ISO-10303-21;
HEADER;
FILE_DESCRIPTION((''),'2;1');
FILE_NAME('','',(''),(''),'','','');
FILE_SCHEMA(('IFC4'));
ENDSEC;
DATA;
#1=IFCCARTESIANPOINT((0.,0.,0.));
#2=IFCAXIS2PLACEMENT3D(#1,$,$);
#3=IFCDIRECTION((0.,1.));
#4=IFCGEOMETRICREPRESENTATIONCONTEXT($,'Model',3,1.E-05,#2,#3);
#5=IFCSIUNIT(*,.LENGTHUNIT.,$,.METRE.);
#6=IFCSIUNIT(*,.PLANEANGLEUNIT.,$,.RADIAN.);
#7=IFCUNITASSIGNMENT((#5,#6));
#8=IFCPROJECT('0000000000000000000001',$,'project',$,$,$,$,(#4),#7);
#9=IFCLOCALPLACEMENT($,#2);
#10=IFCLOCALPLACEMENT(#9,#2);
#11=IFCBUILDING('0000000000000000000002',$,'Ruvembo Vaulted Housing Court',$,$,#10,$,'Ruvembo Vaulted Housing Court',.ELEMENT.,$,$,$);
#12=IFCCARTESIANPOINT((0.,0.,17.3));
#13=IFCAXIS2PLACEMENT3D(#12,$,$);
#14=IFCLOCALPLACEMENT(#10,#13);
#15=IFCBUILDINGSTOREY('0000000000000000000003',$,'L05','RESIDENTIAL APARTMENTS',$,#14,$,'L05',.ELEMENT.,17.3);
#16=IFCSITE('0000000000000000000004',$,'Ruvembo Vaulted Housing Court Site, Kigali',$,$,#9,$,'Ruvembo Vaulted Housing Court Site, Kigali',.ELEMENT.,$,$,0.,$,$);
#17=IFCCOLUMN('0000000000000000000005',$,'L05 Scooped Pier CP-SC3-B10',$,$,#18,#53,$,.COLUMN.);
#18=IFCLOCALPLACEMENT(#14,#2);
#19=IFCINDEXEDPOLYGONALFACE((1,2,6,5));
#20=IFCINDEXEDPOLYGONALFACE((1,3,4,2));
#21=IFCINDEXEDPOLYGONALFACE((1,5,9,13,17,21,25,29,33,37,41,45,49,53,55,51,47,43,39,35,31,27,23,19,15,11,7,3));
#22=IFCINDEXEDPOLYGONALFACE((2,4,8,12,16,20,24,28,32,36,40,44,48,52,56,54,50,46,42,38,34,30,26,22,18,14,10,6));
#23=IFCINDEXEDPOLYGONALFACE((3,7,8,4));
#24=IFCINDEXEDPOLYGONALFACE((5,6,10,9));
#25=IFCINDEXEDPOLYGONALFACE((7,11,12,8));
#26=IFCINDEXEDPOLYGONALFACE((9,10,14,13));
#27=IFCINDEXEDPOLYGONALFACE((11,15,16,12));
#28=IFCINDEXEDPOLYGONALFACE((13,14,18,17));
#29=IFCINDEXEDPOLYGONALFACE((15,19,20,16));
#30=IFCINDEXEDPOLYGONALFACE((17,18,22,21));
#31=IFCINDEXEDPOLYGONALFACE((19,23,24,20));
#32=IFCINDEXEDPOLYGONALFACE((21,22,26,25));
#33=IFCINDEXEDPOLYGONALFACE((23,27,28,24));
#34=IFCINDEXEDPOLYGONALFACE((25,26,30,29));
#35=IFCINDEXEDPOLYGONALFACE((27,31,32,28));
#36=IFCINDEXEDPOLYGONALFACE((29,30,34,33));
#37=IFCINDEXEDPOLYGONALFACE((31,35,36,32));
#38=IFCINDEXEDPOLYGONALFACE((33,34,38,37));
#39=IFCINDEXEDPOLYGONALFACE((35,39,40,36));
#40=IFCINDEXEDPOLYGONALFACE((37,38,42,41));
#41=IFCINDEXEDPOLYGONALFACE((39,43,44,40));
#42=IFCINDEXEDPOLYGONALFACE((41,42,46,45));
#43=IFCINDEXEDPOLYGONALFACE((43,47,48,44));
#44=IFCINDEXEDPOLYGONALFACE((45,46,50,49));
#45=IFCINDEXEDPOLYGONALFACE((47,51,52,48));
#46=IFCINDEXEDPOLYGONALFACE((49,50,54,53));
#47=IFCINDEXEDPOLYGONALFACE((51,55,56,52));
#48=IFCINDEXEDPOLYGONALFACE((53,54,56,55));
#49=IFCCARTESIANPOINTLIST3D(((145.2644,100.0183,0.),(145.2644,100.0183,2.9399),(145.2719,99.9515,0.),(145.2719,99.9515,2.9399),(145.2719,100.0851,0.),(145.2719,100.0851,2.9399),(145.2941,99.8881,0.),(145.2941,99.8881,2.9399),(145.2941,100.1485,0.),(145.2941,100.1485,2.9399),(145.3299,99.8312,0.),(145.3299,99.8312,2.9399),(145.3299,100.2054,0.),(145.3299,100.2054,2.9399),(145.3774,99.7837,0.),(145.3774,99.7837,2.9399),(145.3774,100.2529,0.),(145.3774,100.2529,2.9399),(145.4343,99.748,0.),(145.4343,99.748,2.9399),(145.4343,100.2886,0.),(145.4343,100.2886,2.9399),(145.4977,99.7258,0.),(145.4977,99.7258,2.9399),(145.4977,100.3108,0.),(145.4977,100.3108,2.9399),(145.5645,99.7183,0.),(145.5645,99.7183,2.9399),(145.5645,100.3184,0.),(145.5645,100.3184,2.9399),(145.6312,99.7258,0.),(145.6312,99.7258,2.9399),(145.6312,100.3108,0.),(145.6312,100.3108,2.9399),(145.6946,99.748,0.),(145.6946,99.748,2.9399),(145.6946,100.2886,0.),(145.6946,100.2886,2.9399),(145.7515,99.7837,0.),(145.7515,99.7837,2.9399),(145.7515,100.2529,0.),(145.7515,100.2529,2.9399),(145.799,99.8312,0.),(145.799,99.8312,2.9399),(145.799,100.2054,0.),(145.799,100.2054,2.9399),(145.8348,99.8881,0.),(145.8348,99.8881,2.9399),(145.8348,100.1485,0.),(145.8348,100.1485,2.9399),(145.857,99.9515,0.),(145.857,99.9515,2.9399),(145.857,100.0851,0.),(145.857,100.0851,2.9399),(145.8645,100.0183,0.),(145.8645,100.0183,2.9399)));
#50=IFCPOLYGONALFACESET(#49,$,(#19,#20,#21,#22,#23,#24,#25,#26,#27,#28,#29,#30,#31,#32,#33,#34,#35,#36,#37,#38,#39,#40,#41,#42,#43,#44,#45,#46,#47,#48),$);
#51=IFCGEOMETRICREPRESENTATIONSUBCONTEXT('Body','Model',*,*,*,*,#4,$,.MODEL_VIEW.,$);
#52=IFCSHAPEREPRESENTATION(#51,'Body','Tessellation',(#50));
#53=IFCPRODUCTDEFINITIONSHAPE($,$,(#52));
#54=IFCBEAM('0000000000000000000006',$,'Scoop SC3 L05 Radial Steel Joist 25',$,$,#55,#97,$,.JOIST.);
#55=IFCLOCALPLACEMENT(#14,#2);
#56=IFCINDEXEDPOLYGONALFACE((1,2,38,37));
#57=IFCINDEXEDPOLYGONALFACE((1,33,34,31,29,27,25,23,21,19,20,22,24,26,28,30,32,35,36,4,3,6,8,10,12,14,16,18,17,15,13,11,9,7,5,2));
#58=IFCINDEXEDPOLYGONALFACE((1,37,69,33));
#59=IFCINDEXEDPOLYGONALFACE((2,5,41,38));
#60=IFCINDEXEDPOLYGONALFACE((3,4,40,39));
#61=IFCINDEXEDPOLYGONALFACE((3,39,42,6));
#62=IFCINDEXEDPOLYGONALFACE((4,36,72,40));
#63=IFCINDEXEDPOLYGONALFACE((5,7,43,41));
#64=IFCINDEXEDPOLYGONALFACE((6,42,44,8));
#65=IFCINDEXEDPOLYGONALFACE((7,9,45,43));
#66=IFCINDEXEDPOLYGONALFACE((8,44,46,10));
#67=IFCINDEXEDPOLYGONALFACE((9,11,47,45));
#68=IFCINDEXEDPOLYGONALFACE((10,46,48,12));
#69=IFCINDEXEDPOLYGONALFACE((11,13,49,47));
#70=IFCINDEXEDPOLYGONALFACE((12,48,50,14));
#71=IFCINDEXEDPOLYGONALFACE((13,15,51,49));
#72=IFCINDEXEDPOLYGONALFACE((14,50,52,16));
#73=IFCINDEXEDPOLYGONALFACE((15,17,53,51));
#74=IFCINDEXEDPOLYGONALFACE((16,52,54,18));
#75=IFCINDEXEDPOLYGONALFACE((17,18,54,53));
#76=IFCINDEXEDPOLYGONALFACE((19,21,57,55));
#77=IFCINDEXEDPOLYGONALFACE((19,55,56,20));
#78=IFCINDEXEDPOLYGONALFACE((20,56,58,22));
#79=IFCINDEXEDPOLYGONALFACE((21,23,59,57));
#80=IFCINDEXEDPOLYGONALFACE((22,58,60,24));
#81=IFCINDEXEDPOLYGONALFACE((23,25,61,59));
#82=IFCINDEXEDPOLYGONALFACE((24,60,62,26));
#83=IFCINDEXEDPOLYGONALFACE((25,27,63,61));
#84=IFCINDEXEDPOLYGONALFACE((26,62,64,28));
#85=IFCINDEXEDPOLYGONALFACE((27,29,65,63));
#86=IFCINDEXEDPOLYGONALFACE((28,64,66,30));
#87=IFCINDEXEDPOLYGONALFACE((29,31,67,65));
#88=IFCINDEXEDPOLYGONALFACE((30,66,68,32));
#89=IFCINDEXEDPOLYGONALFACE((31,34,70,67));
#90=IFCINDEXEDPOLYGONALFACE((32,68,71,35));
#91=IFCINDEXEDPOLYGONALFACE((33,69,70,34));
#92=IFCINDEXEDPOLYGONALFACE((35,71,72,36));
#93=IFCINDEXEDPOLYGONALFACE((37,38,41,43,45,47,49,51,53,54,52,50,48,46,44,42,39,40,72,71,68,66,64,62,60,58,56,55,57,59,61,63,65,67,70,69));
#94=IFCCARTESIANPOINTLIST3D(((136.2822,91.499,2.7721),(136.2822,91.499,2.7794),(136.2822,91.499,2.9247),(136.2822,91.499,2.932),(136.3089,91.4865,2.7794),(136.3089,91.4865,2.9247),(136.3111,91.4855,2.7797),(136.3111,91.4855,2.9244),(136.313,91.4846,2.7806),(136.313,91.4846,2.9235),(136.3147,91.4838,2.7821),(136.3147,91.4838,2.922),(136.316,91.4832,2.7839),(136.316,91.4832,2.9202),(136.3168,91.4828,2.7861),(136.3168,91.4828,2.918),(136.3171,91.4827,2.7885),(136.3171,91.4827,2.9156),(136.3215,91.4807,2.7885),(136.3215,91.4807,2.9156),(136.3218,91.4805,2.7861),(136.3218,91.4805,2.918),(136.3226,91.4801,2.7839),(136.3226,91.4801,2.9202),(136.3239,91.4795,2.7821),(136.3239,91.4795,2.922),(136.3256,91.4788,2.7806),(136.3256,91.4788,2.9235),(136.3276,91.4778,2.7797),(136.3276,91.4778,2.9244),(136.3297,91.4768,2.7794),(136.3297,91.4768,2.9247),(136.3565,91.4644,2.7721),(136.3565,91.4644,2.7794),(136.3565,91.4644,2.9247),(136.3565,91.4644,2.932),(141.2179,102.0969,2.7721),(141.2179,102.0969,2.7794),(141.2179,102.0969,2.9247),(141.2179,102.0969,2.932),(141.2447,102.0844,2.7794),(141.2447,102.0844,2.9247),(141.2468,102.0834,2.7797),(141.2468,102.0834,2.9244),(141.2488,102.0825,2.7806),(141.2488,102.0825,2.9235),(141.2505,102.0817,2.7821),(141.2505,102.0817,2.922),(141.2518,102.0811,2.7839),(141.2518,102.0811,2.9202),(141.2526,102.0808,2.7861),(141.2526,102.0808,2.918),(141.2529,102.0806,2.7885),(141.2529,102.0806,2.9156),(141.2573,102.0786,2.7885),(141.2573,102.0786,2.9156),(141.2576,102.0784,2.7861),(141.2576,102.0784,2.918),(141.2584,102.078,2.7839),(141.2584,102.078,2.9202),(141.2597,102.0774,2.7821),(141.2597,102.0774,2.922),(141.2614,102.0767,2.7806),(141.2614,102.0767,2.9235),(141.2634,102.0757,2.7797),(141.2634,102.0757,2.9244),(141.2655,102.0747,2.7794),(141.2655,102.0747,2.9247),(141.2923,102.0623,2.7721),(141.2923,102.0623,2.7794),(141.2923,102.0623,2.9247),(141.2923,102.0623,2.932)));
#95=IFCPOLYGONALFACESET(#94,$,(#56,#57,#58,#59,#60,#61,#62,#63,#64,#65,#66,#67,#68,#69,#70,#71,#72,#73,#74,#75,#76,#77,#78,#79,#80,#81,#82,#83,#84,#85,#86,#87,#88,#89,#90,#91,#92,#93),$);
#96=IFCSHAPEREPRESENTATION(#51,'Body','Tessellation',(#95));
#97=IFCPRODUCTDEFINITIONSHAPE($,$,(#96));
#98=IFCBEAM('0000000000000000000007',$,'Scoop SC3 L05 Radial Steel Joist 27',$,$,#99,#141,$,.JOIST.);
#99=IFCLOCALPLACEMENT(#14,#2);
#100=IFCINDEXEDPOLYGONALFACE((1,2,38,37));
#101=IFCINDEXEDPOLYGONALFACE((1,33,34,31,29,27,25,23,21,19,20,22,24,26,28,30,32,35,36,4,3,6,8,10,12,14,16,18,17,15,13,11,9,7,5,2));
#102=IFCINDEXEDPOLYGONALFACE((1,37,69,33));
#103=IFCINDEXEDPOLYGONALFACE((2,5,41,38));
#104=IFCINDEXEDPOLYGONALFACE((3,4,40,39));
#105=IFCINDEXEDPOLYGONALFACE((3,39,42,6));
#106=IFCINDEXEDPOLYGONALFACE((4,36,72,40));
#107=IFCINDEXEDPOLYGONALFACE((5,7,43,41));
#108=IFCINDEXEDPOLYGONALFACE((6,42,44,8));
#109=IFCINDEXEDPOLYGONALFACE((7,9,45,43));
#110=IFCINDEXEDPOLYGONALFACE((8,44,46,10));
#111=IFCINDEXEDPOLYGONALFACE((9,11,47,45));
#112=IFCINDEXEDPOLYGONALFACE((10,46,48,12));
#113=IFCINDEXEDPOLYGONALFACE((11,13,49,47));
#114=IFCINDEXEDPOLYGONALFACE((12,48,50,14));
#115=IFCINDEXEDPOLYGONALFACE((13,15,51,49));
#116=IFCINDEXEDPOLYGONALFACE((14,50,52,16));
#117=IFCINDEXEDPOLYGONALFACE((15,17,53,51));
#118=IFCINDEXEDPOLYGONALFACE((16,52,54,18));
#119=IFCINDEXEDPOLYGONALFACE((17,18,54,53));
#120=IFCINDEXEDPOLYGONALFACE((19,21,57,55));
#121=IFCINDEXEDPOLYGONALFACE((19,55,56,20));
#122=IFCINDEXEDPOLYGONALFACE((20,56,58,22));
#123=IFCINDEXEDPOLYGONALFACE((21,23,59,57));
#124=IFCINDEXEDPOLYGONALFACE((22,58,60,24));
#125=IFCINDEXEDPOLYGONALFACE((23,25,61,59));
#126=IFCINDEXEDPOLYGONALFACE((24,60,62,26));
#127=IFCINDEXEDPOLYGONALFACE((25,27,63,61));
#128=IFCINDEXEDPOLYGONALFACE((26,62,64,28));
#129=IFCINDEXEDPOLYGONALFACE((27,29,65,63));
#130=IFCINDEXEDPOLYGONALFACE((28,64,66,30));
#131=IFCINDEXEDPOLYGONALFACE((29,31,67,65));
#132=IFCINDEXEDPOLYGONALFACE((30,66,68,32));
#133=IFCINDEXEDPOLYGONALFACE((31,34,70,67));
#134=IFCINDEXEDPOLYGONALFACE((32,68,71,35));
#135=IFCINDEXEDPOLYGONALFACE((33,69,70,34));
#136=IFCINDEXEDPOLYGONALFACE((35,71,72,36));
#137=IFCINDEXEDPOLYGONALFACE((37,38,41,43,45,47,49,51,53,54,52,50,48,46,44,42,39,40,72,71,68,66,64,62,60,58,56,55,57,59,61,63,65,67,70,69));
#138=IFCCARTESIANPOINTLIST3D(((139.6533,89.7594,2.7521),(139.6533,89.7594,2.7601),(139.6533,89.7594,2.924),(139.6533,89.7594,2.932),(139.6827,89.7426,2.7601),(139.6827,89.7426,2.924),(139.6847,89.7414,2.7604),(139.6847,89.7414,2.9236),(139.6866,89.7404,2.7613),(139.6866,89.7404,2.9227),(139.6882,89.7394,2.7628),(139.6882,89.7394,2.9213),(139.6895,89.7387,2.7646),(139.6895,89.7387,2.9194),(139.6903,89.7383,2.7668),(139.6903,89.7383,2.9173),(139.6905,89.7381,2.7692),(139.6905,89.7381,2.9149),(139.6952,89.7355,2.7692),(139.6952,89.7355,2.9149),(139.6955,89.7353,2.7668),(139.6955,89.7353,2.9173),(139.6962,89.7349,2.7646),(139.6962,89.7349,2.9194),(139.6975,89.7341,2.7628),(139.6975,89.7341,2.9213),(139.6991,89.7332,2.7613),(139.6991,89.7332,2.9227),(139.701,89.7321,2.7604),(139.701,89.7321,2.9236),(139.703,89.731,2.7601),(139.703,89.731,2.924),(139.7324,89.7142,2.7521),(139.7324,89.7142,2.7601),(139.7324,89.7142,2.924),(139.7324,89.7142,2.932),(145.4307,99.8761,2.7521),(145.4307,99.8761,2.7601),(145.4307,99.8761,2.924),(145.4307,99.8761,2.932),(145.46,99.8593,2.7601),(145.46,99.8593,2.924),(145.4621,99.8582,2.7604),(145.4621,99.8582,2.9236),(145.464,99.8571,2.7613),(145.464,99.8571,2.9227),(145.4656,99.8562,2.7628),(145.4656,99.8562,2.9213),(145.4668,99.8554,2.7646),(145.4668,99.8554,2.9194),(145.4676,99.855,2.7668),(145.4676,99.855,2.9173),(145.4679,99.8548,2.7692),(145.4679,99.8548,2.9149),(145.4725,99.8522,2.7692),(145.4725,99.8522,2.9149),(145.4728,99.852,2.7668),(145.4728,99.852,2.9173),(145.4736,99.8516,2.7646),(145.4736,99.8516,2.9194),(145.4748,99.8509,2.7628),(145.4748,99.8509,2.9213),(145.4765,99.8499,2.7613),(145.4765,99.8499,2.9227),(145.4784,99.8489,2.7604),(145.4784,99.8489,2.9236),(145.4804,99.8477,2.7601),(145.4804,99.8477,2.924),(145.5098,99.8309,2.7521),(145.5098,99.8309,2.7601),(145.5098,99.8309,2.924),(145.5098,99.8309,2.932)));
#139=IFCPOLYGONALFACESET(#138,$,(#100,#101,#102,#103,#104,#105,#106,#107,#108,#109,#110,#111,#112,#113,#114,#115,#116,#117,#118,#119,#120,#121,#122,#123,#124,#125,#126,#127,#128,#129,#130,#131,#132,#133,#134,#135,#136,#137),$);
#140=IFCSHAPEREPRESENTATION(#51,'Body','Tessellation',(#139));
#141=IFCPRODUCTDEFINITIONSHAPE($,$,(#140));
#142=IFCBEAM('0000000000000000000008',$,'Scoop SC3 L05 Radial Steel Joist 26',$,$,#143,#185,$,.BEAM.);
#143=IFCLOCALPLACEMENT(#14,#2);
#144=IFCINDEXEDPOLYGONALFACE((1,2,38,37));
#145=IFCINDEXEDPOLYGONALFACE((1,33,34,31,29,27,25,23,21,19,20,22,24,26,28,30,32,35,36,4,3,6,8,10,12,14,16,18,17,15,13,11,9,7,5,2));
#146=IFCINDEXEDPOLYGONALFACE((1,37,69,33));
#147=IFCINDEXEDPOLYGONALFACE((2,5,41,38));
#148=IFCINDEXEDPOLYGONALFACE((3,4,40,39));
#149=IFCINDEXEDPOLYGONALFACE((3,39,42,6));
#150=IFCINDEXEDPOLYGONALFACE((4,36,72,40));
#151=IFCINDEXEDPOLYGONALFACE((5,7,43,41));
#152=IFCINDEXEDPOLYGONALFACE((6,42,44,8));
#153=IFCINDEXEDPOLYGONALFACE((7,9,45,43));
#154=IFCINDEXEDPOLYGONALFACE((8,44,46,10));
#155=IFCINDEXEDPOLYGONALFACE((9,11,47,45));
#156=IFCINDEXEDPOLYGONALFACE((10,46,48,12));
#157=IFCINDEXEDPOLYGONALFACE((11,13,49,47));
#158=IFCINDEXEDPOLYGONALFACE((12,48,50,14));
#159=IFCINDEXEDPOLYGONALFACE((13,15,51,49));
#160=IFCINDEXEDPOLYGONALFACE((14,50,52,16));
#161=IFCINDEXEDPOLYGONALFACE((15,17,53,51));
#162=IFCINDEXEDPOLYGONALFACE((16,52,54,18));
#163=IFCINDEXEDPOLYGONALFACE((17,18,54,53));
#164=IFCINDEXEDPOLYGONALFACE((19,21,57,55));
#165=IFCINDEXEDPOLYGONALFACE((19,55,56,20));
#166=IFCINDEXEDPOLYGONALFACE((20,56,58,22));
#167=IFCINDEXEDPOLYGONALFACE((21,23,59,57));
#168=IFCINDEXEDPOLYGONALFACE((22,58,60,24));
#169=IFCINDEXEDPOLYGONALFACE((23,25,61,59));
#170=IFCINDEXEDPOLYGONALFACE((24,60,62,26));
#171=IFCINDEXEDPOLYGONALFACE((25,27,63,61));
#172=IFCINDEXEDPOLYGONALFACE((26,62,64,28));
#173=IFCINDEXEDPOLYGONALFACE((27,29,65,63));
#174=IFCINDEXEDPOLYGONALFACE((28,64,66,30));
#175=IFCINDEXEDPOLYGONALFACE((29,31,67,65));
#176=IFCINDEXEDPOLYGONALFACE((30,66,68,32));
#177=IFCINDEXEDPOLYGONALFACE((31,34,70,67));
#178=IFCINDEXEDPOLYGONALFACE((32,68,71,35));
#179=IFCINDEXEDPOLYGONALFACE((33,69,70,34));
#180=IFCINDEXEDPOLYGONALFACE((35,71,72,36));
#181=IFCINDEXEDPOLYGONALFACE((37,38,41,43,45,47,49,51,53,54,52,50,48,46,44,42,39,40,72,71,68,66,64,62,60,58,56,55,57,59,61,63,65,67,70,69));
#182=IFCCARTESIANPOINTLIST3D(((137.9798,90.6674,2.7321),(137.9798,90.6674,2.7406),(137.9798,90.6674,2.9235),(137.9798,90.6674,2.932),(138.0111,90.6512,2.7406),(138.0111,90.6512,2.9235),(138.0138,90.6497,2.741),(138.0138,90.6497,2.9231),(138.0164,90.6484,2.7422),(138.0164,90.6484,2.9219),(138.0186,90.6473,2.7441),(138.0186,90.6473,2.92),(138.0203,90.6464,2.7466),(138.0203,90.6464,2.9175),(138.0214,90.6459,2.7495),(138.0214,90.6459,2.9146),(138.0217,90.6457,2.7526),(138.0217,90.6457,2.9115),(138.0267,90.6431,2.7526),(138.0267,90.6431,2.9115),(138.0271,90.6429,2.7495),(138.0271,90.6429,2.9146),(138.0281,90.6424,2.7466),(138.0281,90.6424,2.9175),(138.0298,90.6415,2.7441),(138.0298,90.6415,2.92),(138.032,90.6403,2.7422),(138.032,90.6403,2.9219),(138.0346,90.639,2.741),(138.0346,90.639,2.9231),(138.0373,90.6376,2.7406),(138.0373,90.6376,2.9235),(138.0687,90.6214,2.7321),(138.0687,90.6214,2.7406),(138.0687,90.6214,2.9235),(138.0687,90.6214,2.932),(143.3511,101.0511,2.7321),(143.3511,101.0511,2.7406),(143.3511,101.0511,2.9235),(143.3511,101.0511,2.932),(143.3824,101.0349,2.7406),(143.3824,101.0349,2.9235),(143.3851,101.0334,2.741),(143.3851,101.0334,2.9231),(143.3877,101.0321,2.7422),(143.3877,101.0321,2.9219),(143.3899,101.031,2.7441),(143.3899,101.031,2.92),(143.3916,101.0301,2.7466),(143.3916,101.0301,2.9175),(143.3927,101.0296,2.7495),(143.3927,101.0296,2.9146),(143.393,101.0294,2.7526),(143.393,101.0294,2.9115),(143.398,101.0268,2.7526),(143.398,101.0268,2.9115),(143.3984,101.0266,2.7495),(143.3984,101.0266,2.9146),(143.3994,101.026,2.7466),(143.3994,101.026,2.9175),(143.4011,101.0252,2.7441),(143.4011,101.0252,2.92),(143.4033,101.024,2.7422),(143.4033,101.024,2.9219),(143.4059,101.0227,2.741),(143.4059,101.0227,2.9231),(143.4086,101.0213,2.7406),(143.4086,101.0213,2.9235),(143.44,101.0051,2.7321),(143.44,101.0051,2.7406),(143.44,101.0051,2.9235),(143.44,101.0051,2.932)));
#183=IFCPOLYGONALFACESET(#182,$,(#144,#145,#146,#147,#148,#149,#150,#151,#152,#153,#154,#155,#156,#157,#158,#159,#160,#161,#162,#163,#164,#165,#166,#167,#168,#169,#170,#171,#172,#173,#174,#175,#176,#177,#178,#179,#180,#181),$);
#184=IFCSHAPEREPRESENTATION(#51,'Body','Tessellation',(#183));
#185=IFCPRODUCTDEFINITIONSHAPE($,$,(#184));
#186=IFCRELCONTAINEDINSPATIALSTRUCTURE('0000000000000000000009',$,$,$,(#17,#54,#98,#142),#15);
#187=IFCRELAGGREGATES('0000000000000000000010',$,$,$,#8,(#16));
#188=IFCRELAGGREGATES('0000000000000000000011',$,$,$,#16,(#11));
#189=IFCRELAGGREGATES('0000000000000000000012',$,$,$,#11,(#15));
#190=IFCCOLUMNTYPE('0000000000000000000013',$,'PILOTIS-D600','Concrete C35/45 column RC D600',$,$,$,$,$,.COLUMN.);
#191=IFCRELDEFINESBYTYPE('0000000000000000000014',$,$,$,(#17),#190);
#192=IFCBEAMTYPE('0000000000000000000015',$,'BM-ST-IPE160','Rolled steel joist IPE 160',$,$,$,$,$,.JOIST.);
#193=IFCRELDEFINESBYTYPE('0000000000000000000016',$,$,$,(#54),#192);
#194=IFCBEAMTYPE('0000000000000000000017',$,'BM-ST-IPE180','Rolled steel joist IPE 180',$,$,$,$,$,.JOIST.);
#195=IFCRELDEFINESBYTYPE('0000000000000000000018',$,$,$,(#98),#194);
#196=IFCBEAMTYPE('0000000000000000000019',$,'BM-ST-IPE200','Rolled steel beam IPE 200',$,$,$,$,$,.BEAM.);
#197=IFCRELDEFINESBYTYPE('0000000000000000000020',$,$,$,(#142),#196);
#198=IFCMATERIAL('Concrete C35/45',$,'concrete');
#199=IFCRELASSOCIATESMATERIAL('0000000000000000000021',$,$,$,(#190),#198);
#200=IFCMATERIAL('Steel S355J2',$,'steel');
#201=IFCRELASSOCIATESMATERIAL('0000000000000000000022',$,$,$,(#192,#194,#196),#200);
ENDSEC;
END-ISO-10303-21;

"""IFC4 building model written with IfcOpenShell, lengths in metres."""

from ifc_helpers import new_model, si_unit, direction, frame, origin, origin_2d, place, context, subcontext, project, spatial, circle, i_section, extrude, material, material_profile, profile_set, type_object, element, save


model = new_model("IFC4")

# Units and contexts
model_context = context("Model", 3, precision=1e-05, world=origin(), true_north=direction((0.0, 1.0)))
body_context = subcontext(model_context, "Body", "Model", "MODEL_VIEW")
ifc_project = project(units=[si_unit("LENGTHUNIT", "METRE"), si_unit("PLANEANGLEUNIT", "RADIAN")], contexts=[model_context])

# Site, building, storey
site_placement = place(None, origin())
site = spatial("IfcSite", under=ifc_project, at=site_placement, Name="Ruvembo Vaulted Housing Court Site, Kigali", LongName="Ruvembo Vaulted Housing Court Site, Kigali", CompositionType="ELEMENT", RefElevation=0.0)
building_placement = place(site_placement, origin())
building = spatial("IfcBuilding", under=site, at=building_placement, Name="Ruvembo Vaulted Housing Court", LongName="Ruvembo Vaulted Housing Court", CompositionType="ELEMENT")
storey_placement = place(building_placement, frame((0.0, 0.0, 17.3)))
storey = spatial("IfcBuildingStorey", under=building, at=storey_placement, Name="L05", Description="RESIDENTIAL APARTMENTS", LongName="L05", CompositionType="ELEMENT", Elevation=17.3)

# Column
ifc_material_1 = material(Name="Concrete C35/45", Category="concrete")
ifc_material_profile_1 = material_profile(ifc_material_1, circle(Radius=0.3, at=origin_2d()), Name="RC D600")
ifc_profile_set_1 = profile_set([ifc_material_profile_1], Name="Concrete C35/45")
column_type = type_object("IfcColumnType", Name="PILOTIS-D600", Description="Concrete C35/45 column RC D600", PredefinedType="COLUMN", material=ifc_profile_set_1)
column_placement = place(storey_placement, frame((145.5645, 100.0183, 0.0), z_axis=(0.0, 0.0, 1.0), x_axis=(1.0, 0.0, 0.0)))
element("IfcColumn", 1, at=column_placement, inside=storey, type_object=column_type, Name="L05 Scooped Pier CP-SC3-B10", PredefinedType="COLUMN", context=body_context, shape_type="SweptSolid", body=[
    extrude(circle(Radius=0.3, at=origin_2d()), origin(), (0.0, 0.0, 1.0), 2.9399),
])

# Beams
ifc_material_2 = material(Name="Steel S355J2", Category="steel")
ifc_material_profile_2 = material_profile(ifc_material_2, i_section(OverallWidth=0.082, OverallDepth=0.1599, WebThickness=0.0049, FlangeThickness=0.0073, FilletRadius=0.009, at=origin_2d()), Name="IPE 160")
ifc_profile_set_2 = profile_set([ifc_material_profile_2], Name="Steel S355J2")
beam_type_1 = type_object("IfcBeamType", Name="BM-ST-IPE160", Description="Rolled steel joist IPE 160", PredefinedType="JOIST", material=ifc_profile_set_2)
beam_1_placement = place(storey_placement, frame((141.2551, 102.0796, 2.8521), z_axis=(-0.42219, -0.906507, 0.0), x_axis=(0.906507, -0.42219, 0.0)))
element("IfcBeam", 2, at=beam_1_placement, inside=storey, type_object=beam_type_1, Name="Scoop SC3 L05 Radial Steel Joist 25", PredefinedType="JOIST", context=body_context, shape_type="SweptSolid", body=[
    extrude(i_section(OverallWidth=0.082, OverallDepth=0.1599, WebThickness=0.0049, FlangeThickness=0.0073, FilletRadius=0.009, at=origin_2d()), origin(), (0.0, 0.0, 1.0), 11.6909),
])
ifc_material_profile_3 = material_profile(ifc_material_2, i_section(OverallWidth=0.0911, OverallDepth=0.1799, WebThickness=0.0054, FlangeThickness=0.0081, FilletRadius=0.009, at=origin_2d()), Name="IPE 180")
ifc_profile_set_3 = profile_set([ifc_material_profile_3], Name="Steel S355J2")
beam_type_2 = type_object("IfcBeamType", Name="BM-ST-IPE180", Description="Rolled steel joist IPE 180", PredefinedType="JOIST", material=ifc_profile_set_3)
beam_2_placement = place(storey_placement, frame((145.4702, 99.8535, 2.842), z_axis=(-0.495904, -0.868377, 0.0), x_axis=(0.868377, -0.495904, 0.0)))
element("IfcBeam", 3, at=beam_2_placement, inside=storey, type_object=beam_type_2, Name="Scoop SC3 L05 Radial Steel Joist 27", PredefinedType="JOIST", context=body_context, shape_type="SweptSolid", body=[
    extrude(i_section(OverallWidth=0.0911, OverallDepth=0.1799, WebThickness=0.0054, FlangeThickness=0.0081, FilletRadius=0.009, at=origin_2d()), origin(), (0.0, 0.0, 1.0), 11.6501),
])
ifc_material_profile_4 = material_profile(ifc_material_2, i_section(OverallWidth=0.1001, OverallDepth=0.2, WebThickness=0.0056, FlangeThickness=0.0085, FilletRadius=0.012, at=origin_2d()), Name="IPE 200")
ifc_profile_set_4 = profile_set([ifc_material_profile_4], Name="Steel S355J2")
beam_type_3 = type_object("IfcBeamType", Name="BM-ST-IPE200", Description="Rolled steel beam IPE 200", PredefinedType="BEAM", material=ifc_profile_set_4)
beam_3_placement = place(storey_placement, frame((143.3955, 101.0281, 2.832), z_axis=(-0.459451, -0.888203, 0.0), x_axis=(0.888203, -0.459451, 0.0)))
element("IfcBeam", 4, at=beam_3_placement, inside=storey, type_object=beam_type_3, Name="Scoop SC3 L05 Radial Steel Joist 26", PredefinedType="BEAM", context=body_context, shape_type="SweptSolid", body=[
    extrude(i_section(OverallWidth=0.1001, OverallDepth=0.2, WebThickness=0.0056, FlangeThickness=0.0085, FilletRadius=0.012, at=origin_2d()), origin(), (0.0, 0.0, 1.0), 11.6907),
])

save(model, "model.ifc")
